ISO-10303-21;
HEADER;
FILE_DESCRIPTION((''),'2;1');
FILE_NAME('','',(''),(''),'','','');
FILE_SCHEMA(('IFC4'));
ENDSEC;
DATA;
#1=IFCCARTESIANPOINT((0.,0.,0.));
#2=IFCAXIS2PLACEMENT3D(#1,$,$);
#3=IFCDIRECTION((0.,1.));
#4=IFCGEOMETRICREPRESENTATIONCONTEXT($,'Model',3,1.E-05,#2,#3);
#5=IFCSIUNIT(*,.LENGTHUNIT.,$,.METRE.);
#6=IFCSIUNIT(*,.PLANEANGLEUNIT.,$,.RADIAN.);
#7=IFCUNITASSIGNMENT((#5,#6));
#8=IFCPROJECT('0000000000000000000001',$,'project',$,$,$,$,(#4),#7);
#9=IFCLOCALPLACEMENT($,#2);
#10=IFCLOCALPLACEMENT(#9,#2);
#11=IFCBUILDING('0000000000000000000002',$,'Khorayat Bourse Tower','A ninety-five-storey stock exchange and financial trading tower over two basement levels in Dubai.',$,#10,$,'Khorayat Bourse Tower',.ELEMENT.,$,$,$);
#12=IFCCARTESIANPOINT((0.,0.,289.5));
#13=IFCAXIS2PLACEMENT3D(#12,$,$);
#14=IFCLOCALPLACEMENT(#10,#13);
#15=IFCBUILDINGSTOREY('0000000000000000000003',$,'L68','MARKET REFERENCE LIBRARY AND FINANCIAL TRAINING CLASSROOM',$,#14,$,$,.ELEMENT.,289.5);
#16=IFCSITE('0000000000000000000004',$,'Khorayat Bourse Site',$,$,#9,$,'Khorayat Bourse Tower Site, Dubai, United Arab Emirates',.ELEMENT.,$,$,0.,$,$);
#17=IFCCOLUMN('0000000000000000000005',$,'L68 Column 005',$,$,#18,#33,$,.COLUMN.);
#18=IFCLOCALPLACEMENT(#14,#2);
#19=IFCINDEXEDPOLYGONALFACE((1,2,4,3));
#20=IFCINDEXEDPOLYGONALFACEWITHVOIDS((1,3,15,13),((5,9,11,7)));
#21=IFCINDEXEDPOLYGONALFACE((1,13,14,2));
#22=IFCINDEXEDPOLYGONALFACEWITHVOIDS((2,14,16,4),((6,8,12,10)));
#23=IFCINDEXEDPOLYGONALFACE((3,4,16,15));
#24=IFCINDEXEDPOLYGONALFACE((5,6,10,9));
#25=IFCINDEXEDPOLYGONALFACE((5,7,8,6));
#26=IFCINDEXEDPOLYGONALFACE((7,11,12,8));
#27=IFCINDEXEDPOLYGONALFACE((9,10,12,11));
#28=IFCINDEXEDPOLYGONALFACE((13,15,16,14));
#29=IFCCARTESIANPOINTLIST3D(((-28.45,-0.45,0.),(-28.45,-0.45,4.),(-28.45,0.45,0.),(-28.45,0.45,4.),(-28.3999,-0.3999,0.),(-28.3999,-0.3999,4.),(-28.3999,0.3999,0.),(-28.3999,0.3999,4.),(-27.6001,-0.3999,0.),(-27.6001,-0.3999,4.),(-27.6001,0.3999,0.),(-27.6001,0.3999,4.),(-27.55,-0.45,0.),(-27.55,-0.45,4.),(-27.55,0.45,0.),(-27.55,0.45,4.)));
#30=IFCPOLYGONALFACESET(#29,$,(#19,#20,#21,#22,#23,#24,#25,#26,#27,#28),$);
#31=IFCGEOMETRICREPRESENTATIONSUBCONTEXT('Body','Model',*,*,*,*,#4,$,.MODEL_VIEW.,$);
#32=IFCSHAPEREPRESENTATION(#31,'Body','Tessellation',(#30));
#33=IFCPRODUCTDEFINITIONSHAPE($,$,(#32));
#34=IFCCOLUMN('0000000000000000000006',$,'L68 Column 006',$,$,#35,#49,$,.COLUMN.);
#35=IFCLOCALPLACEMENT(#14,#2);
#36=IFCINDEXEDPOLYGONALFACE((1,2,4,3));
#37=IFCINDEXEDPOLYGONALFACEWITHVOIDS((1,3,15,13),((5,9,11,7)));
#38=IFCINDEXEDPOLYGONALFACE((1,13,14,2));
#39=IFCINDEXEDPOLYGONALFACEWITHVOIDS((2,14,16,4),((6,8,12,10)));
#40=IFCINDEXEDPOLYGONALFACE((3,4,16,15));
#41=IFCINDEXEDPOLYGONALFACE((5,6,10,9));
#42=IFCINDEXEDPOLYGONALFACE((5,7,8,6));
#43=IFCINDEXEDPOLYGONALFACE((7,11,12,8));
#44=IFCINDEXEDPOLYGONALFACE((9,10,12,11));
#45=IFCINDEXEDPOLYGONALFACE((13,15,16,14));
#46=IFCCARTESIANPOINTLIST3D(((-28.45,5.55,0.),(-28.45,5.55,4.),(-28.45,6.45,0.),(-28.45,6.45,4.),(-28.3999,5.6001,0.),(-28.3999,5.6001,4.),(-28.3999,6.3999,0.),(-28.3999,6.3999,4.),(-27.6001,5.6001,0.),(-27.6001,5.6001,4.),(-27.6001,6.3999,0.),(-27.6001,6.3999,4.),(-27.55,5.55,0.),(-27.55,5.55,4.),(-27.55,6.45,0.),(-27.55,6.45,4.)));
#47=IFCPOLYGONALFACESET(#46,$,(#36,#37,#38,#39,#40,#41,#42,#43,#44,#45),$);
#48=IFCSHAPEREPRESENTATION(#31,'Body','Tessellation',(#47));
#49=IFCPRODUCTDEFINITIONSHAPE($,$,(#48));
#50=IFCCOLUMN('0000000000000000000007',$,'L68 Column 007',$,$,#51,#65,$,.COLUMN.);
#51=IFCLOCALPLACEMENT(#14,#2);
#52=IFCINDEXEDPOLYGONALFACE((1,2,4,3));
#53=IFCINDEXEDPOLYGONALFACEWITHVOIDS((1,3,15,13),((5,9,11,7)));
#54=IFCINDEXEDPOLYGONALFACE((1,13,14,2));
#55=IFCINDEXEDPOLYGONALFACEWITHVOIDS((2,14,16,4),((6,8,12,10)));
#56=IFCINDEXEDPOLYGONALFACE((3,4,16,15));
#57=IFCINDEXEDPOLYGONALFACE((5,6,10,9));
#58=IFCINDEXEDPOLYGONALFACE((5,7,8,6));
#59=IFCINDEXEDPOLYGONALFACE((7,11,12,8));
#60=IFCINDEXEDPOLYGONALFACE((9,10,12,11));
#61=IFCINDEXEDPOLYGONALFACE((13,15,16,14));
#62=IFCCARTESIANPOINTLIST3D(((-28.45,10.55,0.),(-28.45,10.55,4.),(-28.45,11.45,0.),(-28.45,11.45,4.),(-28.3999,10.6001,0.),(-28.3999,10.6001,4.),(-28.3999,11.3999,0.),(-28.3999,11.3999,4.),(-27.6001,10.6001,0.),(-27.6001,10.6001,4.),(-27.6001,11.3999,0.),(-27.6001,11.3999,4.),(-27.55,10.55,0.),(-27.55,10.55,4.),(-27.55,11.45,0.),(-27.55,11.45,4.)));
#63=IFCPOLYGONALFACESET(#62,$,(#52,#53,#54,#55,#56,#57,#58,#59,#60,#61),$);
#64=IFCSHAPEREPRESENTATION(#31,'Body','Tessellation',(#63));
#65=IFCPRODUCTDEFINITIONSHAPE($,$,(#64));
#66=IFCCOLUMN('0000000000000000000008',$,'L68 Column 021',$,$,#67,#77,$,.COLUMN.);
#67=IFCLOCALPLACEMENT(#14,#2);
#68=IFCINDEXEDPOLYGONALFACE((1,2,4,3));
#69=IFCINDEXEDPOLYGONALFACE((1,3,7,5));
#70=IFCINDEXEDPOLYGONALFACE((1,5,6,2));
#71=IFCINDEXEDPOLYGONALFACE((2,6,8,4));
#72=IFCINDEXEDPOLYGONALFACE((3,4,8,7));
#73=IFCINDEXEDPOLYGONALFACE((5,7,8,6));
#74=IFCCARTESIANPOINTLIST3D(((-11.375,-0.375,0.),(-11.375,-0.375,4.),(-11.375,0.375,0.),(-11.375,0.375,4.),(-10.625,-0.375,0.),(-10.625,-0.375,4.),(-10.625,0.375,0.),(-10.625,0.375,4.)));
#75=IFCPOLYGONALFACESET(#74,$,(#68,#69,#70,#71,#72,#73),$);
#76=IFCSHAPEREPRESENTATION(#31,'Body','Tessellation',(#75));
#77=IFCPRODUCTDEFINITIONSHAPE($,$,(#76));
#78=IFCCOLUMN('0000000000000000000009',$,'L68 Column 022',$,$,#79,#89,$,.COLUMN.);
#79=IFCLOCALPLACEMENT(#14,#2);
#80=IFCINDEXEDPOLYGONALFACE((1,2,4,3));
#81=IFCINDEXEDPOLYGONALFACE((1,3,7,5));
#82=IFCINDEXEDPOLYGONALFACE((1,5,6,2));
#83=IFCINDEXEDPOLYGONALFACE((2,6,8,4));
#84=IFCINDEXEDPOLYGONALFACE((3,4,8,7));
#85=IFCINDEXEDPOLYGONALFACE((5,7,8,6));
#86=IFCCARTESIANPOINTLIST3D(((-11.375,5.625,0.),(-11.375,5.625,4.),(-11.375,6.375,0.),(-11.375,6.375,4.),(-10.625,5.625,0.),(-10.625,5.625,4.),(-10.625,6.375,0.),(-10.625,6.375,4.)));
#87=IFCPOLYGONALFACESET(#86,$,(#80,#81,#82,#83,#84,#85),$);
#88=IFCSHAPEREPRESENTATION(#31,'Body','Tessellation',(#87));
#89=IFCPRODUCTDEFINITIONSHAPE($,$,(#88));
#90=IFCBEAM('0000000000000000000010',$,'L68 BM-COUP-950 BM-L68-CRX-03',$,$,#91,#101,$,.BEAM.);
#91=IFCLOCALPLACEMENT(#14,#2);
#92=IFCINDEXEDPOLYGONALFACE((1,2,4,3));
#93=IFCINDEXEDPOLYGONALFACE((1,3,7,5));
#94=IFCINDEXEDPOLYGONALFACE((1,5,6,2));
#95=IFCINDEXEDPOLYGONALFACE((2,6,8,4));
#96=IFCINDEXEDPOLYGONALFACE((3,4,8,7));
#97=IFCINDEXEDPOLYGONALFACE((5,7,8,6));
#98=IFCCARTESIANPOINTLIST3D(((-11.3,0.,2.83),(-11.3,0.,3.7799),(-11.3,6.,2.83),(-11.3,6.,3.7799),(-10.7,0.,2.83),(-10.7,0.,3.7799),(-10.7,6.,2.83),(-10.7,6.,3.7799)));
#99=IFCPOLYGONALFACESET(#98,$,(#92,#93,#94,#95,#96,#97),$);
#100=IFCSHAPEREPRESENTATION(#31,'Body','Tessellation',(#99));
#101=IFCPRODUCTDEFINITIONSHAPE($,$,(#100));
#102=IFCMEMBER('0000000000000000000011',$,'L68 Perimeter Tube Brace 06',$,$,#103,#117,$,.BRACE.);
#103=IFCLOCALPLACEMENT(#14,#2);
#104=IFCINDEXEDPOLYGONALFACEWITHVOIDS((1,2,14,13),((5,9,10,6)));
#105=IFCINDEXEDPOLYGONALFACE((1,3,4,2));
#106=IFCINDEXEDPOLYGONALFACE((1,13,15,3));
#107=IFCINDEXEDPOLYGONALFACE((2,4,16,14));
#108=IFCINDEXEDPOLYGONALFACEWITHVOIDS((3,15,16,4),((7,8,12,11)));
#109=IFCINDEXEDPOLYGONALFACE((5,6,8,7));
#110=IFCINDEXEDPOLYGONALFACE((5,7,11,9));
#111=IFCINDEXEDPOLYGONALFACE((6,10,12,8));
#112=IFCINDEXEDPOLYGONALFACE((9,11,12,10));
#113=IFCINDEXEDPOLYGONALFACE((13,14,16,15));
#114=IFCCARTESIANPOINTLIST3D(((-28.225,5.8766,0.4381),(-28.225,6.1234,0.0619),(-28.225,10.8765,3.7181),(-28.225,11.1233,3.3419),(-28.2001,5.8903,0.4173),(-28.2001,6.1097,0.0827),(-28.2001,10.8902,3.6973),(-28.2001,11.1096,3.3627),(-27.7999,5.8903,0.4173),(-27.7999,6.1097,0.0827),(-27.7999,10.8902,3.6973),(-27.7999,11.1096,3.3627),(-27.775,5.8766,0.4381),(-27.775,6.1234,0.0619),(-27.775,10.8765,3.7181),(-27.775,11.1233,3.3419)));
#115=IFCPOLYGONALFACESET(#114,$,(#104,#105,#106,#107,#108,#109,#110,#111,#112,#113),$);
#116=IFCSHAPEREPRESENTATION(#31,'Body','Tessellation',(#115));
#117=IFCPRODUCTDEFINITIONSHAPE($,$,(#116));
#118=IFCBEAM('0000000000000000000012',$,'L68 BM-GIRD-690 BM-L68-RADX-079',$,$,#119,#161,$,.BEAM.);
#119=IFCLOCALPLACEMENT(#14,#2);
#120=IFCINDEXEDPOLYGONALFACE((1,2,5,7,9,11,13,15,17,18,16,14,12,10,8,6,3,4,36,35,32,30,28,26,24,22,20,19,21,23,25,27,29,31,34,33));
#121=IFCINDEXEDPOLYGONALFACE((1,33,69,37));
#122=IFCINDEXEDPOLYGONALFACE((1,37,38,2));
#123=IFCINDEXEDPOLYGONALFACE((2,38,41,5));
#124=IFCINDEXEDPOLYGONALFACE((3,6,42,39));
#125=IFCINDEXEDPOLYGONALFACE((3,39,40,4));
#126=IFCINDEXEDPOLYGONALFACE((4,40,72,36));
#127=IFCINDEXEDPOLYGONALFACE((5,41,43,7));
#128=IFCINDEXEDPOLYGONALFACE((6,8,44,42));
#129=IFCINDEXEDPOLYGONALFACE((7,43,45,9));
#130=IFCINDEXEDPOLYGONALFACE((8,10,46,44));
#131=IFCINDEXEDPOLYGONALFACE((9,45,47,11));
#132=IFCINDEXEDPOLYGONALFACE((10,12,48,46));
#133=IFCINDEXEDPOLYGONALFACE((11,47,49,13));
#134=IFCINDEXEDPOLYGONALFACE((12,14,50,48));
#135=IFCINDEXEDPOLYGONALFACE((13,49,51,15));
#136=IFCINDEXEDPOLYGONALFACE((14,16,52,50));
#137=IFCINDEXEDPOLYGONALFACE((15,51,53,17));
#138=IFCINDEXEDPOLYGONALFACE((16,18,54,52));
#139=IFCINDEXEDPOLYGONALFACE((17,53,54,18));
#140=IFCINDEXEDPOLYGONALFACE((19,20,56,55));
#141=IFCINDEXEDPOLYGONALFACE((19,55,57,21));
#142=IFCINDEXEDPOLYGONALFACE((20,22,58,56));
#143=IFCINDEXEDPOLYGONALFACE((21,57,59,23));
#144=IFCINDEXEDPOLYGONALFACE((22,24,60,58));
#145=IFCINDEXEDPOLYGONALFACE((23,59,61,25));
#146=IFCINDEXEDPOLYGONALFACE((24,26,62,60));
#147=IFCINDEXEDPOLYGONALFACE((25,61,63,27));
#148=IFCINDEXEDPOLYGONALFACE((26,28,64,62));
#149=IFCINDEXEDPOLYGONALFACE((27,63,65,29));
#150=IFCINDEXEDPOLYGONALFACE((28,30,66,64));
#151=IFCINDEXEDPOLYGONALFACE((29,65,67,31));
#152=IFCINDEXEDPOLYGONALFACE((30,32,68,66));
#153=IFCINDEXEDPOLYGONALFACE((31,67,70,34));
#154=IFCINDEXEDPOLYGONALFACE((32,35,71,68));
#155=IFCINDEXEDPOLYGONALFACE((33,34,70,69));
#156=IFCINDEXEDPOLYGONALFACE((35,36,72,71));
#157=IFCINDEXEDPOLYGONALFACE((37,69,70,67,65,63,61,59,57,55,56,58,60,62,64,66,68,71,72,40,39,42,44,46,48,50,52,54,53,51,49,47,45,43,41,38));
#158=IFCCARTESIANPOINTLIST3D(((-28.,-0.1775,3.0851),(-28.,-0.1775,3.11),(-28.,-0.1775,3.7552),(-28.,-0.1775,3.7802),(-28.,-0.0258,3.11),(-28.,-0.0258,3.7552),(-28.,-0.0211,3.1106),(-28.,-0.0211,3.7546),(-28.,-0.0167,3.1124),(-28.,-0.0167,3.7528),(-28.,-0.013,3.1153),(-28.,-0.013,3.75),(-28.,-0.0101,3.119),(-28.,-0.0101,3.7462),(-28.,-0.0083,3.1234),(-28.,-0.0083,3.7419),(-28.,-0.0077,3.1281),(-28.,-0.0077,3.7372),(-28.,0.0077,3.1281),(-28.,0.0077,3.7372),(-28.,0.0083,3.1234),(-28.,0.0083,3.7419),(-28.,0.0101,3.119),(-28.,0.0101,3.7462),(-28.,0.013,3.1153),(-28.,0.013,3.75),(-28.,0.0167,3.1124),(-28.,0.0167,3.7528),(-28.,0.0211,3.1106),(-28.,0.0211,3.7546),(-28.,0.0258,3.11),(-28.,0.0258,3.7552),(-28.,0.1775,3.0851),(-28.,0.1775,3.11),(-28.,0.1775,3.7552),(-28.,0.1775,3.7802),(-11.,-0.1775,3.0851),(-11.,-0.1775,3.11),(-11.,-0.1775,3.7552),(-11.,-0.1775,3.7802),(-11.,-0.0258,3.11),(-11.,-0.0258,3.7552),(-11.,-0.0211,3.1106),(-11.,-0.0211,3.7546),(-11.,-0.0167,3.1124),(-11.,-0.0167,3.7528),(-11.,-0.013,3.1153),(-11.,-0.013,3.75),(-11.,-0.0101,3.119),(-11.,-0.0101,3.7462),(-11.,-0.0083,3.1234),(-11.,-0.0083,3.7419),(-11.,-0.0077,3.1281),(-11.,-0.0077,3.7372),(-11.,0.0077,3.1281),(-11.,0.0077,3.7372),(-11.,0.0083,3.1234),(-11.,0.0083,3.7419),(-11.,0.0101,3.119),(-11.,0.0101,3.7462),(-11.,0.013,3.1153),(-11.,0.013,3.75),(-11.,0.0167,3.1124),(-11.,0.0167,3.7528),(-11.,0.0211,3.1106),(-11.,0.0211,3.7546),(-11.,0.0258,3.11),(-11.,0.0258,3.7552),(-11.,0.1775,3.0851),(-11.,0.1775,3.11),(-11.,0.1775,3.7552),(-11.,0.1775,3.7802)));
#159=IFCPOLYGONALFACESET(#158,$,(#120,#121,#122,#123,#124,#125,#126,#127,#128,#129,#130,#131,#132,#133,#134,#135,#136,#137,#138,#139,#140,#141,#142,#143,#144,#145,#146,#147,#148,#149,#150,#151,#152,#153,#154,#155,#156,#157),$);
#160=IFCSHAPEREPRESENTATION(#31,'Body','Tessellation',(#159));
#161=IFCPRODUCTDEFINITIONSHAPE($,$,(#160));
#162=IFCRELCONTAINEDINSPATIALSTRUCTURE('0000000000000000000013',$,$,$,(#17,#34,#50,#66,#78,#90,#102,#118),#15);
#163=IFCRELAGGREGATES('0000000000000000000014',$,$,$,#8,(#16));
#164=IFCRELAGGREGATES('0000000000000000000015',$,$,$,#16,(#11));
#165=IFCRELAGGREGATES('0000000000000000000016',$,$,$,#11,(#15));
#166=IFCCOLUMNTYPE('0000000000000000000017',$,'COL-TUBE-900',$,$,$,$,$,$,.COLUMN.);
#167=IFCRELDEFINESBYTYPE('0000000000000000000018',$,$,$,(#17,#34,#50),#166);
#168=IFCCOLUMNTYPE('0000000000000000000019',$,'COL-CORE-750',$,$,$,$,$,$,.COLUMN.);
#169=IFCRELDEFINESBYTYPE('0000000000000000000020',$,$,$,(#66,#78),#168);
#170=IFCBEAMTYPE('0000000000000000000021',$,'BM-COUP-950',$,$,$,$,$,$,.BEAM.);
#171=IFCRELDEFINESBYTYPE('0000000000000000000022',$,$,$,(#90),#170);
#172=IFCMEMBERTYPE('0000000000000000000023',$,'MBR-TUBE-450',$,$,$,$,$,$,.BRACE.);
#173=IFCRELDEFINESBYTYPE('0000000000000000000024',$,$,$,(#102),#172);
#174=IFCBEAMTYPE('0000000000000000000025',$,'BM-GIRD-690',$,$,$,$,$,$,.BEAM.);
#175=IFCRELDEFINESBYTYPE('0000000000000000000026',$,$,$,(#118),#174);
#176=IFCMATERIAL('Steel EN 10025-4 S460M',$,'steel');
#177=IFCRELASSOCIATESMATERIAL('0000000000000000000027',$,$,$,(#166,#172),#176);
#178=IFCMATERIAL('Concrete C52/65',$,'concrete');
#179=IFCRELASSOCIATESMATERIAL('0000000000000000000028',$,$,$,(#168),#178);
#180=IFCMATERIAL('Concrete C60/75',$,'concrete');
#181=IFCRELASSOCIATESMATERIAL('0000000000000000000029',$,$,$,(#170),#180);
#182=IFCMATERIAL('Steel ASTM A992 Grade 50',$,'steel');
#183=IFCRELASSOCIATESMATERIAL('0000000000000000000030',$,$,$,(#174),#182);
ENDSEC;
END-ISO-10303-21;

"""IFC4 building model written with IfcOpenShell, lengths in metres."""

from ifc_helpers import new_model, si_unit, direction, frame, origin, origin_2d, place, context, subcontext, project, spatial, rectangle, hollow_rectangle, i_section, extrude, source, transform, mapped, material, material_profile, profile_set, type_object, element, save


model = new_model("IFC4")

# Units and contexts
model_context = context("Model", 3, precision=1e-05, world=origin(), true_north=direction((0.0, 1.0)))
body_context = subcontext(model_context, "Body", "Model", "MODEL_VIEW")
ifc_project = project(units=[si_unit("LENGTHUNIT", "METRE"), si_unit("PLANEANGLEUNIT", "RADIAN")], contexts=[model_context])

# Site, building, storey
site_placement = place(None, origin())
site = spatial("IfcSite", under=ifc_project, at=site_placement, Name="Khorayat Bourse Site", LongName="Khorayat Bourse Tower Site, Dubai, United Arab Emirates", CompositionType="ELEMENT", RefElevation=0.0)
building_placement = place(site_placement, origin())
building = spatial("IfcBuilding", under=site, at=building_placement, Name="Khorayat Bourse Tower", Description="A ninety-five-storey stock exchange and financial trading tower over two basement levels in Dubai.", LongName="Khorayat Bourse Tower", CompositionType="ELEMENT")
storey_placement = place(building_placement, frame((0.0, 0.0, 289.5)))
storey = spatial("IfcBuildingStorey", under=building, at=storey_placement, Name="L68", Description="MARKET REFERENCE LIBRARY AND FINANCIAL TRAINING CLASSROOM", CompositionType="ELEMENT", Elevation=289.5)

# Columns
ifc_material_1 = material(Name="Steel EN 10025-4 S460M", Category="steel")
ifc_material_profile_1 = material_profile(ifc_material_1, hollow_rectangle(XDim=0.8999, YDim=0.8999, WallThickness=0.05, at=origin_2d()), Name="BOX 900x900x50")
ifc_profile_set_1 = profile_set([ifc_material_profile_1], Name="Steel EN 10025-4 S460M")
column_type_1 = type_object("IfcColumnType", Name="COL-TUBE-900", PredefinedType="COLUMN", material=ifc_profile_set_1)
shared_shape_1 = source(origin(), body_context, "Body", "SweptSolid", [
    extrude(hollow_rectangle(XDim=0.8999, YDim=0.8999, WallThickness=0.05, at=origin_2d()), origin(), (0.0, 0.0, 1.0), 4.0),
])
for number, where, z_axis, x_axis, name in (
    (1, (-28.0, 0.0, 0.0), (0.0, 0.0, 1.0), (1.0, 0.0, 0.0), "L68 Column 005"),
    (2, (-28.0, 6.0, 0.0), (0.0, 0.0, 1.0), (1.0, 0.0, 0.0), "L68 Column 006"),
    (3, (-28.0, 11.0, 0.0), (0.0, 0.0, 1.0), (1.0, 0.0, 0.0), "L68 Column 007"),
):
    element("IfcColumn", number, at=place(storey_placement, frame(where, z_axis=z_axis, x_axis=x_axis)), inside=storey, type_object=column_type_1, Name=name, PredefinedType="COLUMN", context=body_context, shape_type="MappedRepresentation", body=[
        mapped(shared_shape_1, transform((0.0, 0.0, 0.0), scale=1.0)),
    ])
ifc_material_2 = material(Name="Concrete C52/65", Category="concrete")
ifc_material_profile_2 = material_profile(ifc_material_2, rectangle(XDim=0.75, YDim=0.75, at=origin_2d()), Name="RC 750x750")
ifc_profile_set_2 = profile_set([ifc_material_profile_2], Name="Concrete C52/65")
column_type_2 = type_object("IfcColumnType", Name="COL-CORE-750", PredefinedType="COLUMN", material=ifc_profile_set_2)
shared_shape_2 = source(origin(), body_context, "Body", "SweptSolid", [
    extrude(rectangle(XDim=0.75, YDim=0.75, at=origin_2d()), origin(), (0.0, 0.0, 1.0), 4.0),
])
for number, where, z_axis, x_axis, name in (
    (4, (-11.0, 0.0, 0.0), (0.0, 0.0, 1.0), (1.0, 0.0, 0.0), "L68 Column 021"),
    (5, (-11.0, 6.0, 0.0), (0.0, 0.0, 1.0), (1.0, 0.0, 0.0), "L68 Column 022"),
):
    element("IfcColumn", number, at=place(storey_placement, frame(where, z_axis=z_axis, x_axis=x_axis)), inside=storey, type_object=column_type_2, Name=name, PredefinedType="COLUMN", context=body_context, shape_type="MappedRepresentation", body=[
        mapped(shared_shape_2, transform((0.0, 0.0, 0.0), scale=1.0)),
    ])

# Beam
ifc_material_3 = material(Name="Concrete C60/75", Category="concrete")
ifc_material_profile_3 = material_profile(ifc_material_3, rectangle(XDim=0.6001, YDim=0.95, at=origin_2d()), Name="RC 600x950")
ifc_profile_set_3 = profile_set([ifc_material_profile_3], Name="Concrete C60/75")
beam_type_1 = type_object("IfcBeamType", Name="BM-COUP-950", PredefinedType="BEAM", material=ifc_profile_set_3)
shared_shape_3 = source(origin(), body_context, "Body", "SweptSolid", [
    extrude(rectangle(XDim=0.6001, YDim=0.95, at=origin_2d()), origin(), (0.0, 0.0, 1.0), 6.0),
])
beam_1_placement = place(storey_placement, frame((-11.0, 0.0, 3.3049), z_axis=(0.0, 1.0, 0.0), x_axis=(-1.0, 0.0, 0.0)))
element("IfcBeam", 6, at=beam_1_placement, inside=storey, type_object=beam_type_1, Name="L68 BM-COUP-950 BM-L68-CRX-03", PredefinedType="BEAM", context=body_context, shape_type="MappedRepresentation", body=[
    mapped(shared_shape_3, transform((0.0, 0.0, 0.0), scale=1.0)),
])

# Member
ifc_material_profile_4 = material_profile(ifc_material_1, hollow_rectangle(XDim=0.45, YDim=0.45, WallThickness=0.0249, at=origin_2d()), Name="HSS 450x450x25")
ifc_profile_set_4 = profile_set([ifc_material_profile_4], Name="Steel EN 10025-4 S460M")
member_type_1 = type_object("IfcMemberType", Name="MBR-TUBE-450", PredefinedType="BRACE", material=ifc_profile_set_4)
shared_shape_4 = source(origin(), body_context, "Body", "SweptSolid", [
    extrude(hollow_rectangle(XDim=0.45, YDim=0.45, WallThickness=0.0249, at=origin_2d()), origin(), (0.0, 0.0, 1.0), 5.9797),
])
member_1_placement = place(storey_placement, frame((-28.0, 6.0, 0.25), z_axis=(0.0, 0.836142, 0.548514), x_axis=(-1.0, 0.0, 0.0)))
element("IfcMember", 7, at=member_1_placement, inside=storey, type_object=member_type_1, Name="L68 Perimeter Tube Brace 06", PredefinedType="BRACE", context=body_context, shape_type="MappedRepresentation", body=[
    mapped(shared_shape_4, transform((0.0, 0.0, 0.0), scale=1.0)),
])

# Beam
ifc_material_4 = material(Name="Steel ASTM A992 Grade 50", Category="steel")
ifc_material_profile_5 = material_profile(ifc_material_4, i_section(OverallWidth=0.355, OverallDepth=0.6951, WebThickness=0.0154, FlangeThickness=0.0249, FilletRadius=0.0181, at=origin_2d()), Name="W690X217")
ifc_profile_set_5 = profile_set([ifc_material_profile_5], Name="Steel ASTM A992 Grade 50")
beam_type_2 = type_object("IfcBeamType", Name="BM-GIRD-690", PredefinedType="BEAM", material=ifc_profile_set_5)
shared_shape_5 = source(origin(), body_context, "Body", "SweptSolid", [
    extrude(i_section(OverallWidth=0.355, OverallDepth=0.6951, WebThickness=0.0154, FlangeThickness=0.0249, FilletRadius=0.0181, at=origin_2d()), origin(), (0.0, 0.0, 1.0), 17.0),
])
for number, where, z_axis, x_axis, name in (
    (8, (-28.0, 0.0, 3.4326), (1.0, 0.0, 0.0), (0.0, 1.0, 0.0), "L68 BM-GIRD-690 BM-L68-RADX-079"),
):
    element("IfcBeam", number, at=place(storey_placement, frame(where, z_axis=z_axis, x_axis=x_axis)), inside=storey, type_object=beam_type_2, Name=name, PredefinedType="BEAM", context=body_context, shape_type="MappedRepresentation", body=[
        mapped(shared_shape_5, transform((0.0, 0.0, 0.0), scale=1.0)),
    ])

save(model, "model.ifc")
